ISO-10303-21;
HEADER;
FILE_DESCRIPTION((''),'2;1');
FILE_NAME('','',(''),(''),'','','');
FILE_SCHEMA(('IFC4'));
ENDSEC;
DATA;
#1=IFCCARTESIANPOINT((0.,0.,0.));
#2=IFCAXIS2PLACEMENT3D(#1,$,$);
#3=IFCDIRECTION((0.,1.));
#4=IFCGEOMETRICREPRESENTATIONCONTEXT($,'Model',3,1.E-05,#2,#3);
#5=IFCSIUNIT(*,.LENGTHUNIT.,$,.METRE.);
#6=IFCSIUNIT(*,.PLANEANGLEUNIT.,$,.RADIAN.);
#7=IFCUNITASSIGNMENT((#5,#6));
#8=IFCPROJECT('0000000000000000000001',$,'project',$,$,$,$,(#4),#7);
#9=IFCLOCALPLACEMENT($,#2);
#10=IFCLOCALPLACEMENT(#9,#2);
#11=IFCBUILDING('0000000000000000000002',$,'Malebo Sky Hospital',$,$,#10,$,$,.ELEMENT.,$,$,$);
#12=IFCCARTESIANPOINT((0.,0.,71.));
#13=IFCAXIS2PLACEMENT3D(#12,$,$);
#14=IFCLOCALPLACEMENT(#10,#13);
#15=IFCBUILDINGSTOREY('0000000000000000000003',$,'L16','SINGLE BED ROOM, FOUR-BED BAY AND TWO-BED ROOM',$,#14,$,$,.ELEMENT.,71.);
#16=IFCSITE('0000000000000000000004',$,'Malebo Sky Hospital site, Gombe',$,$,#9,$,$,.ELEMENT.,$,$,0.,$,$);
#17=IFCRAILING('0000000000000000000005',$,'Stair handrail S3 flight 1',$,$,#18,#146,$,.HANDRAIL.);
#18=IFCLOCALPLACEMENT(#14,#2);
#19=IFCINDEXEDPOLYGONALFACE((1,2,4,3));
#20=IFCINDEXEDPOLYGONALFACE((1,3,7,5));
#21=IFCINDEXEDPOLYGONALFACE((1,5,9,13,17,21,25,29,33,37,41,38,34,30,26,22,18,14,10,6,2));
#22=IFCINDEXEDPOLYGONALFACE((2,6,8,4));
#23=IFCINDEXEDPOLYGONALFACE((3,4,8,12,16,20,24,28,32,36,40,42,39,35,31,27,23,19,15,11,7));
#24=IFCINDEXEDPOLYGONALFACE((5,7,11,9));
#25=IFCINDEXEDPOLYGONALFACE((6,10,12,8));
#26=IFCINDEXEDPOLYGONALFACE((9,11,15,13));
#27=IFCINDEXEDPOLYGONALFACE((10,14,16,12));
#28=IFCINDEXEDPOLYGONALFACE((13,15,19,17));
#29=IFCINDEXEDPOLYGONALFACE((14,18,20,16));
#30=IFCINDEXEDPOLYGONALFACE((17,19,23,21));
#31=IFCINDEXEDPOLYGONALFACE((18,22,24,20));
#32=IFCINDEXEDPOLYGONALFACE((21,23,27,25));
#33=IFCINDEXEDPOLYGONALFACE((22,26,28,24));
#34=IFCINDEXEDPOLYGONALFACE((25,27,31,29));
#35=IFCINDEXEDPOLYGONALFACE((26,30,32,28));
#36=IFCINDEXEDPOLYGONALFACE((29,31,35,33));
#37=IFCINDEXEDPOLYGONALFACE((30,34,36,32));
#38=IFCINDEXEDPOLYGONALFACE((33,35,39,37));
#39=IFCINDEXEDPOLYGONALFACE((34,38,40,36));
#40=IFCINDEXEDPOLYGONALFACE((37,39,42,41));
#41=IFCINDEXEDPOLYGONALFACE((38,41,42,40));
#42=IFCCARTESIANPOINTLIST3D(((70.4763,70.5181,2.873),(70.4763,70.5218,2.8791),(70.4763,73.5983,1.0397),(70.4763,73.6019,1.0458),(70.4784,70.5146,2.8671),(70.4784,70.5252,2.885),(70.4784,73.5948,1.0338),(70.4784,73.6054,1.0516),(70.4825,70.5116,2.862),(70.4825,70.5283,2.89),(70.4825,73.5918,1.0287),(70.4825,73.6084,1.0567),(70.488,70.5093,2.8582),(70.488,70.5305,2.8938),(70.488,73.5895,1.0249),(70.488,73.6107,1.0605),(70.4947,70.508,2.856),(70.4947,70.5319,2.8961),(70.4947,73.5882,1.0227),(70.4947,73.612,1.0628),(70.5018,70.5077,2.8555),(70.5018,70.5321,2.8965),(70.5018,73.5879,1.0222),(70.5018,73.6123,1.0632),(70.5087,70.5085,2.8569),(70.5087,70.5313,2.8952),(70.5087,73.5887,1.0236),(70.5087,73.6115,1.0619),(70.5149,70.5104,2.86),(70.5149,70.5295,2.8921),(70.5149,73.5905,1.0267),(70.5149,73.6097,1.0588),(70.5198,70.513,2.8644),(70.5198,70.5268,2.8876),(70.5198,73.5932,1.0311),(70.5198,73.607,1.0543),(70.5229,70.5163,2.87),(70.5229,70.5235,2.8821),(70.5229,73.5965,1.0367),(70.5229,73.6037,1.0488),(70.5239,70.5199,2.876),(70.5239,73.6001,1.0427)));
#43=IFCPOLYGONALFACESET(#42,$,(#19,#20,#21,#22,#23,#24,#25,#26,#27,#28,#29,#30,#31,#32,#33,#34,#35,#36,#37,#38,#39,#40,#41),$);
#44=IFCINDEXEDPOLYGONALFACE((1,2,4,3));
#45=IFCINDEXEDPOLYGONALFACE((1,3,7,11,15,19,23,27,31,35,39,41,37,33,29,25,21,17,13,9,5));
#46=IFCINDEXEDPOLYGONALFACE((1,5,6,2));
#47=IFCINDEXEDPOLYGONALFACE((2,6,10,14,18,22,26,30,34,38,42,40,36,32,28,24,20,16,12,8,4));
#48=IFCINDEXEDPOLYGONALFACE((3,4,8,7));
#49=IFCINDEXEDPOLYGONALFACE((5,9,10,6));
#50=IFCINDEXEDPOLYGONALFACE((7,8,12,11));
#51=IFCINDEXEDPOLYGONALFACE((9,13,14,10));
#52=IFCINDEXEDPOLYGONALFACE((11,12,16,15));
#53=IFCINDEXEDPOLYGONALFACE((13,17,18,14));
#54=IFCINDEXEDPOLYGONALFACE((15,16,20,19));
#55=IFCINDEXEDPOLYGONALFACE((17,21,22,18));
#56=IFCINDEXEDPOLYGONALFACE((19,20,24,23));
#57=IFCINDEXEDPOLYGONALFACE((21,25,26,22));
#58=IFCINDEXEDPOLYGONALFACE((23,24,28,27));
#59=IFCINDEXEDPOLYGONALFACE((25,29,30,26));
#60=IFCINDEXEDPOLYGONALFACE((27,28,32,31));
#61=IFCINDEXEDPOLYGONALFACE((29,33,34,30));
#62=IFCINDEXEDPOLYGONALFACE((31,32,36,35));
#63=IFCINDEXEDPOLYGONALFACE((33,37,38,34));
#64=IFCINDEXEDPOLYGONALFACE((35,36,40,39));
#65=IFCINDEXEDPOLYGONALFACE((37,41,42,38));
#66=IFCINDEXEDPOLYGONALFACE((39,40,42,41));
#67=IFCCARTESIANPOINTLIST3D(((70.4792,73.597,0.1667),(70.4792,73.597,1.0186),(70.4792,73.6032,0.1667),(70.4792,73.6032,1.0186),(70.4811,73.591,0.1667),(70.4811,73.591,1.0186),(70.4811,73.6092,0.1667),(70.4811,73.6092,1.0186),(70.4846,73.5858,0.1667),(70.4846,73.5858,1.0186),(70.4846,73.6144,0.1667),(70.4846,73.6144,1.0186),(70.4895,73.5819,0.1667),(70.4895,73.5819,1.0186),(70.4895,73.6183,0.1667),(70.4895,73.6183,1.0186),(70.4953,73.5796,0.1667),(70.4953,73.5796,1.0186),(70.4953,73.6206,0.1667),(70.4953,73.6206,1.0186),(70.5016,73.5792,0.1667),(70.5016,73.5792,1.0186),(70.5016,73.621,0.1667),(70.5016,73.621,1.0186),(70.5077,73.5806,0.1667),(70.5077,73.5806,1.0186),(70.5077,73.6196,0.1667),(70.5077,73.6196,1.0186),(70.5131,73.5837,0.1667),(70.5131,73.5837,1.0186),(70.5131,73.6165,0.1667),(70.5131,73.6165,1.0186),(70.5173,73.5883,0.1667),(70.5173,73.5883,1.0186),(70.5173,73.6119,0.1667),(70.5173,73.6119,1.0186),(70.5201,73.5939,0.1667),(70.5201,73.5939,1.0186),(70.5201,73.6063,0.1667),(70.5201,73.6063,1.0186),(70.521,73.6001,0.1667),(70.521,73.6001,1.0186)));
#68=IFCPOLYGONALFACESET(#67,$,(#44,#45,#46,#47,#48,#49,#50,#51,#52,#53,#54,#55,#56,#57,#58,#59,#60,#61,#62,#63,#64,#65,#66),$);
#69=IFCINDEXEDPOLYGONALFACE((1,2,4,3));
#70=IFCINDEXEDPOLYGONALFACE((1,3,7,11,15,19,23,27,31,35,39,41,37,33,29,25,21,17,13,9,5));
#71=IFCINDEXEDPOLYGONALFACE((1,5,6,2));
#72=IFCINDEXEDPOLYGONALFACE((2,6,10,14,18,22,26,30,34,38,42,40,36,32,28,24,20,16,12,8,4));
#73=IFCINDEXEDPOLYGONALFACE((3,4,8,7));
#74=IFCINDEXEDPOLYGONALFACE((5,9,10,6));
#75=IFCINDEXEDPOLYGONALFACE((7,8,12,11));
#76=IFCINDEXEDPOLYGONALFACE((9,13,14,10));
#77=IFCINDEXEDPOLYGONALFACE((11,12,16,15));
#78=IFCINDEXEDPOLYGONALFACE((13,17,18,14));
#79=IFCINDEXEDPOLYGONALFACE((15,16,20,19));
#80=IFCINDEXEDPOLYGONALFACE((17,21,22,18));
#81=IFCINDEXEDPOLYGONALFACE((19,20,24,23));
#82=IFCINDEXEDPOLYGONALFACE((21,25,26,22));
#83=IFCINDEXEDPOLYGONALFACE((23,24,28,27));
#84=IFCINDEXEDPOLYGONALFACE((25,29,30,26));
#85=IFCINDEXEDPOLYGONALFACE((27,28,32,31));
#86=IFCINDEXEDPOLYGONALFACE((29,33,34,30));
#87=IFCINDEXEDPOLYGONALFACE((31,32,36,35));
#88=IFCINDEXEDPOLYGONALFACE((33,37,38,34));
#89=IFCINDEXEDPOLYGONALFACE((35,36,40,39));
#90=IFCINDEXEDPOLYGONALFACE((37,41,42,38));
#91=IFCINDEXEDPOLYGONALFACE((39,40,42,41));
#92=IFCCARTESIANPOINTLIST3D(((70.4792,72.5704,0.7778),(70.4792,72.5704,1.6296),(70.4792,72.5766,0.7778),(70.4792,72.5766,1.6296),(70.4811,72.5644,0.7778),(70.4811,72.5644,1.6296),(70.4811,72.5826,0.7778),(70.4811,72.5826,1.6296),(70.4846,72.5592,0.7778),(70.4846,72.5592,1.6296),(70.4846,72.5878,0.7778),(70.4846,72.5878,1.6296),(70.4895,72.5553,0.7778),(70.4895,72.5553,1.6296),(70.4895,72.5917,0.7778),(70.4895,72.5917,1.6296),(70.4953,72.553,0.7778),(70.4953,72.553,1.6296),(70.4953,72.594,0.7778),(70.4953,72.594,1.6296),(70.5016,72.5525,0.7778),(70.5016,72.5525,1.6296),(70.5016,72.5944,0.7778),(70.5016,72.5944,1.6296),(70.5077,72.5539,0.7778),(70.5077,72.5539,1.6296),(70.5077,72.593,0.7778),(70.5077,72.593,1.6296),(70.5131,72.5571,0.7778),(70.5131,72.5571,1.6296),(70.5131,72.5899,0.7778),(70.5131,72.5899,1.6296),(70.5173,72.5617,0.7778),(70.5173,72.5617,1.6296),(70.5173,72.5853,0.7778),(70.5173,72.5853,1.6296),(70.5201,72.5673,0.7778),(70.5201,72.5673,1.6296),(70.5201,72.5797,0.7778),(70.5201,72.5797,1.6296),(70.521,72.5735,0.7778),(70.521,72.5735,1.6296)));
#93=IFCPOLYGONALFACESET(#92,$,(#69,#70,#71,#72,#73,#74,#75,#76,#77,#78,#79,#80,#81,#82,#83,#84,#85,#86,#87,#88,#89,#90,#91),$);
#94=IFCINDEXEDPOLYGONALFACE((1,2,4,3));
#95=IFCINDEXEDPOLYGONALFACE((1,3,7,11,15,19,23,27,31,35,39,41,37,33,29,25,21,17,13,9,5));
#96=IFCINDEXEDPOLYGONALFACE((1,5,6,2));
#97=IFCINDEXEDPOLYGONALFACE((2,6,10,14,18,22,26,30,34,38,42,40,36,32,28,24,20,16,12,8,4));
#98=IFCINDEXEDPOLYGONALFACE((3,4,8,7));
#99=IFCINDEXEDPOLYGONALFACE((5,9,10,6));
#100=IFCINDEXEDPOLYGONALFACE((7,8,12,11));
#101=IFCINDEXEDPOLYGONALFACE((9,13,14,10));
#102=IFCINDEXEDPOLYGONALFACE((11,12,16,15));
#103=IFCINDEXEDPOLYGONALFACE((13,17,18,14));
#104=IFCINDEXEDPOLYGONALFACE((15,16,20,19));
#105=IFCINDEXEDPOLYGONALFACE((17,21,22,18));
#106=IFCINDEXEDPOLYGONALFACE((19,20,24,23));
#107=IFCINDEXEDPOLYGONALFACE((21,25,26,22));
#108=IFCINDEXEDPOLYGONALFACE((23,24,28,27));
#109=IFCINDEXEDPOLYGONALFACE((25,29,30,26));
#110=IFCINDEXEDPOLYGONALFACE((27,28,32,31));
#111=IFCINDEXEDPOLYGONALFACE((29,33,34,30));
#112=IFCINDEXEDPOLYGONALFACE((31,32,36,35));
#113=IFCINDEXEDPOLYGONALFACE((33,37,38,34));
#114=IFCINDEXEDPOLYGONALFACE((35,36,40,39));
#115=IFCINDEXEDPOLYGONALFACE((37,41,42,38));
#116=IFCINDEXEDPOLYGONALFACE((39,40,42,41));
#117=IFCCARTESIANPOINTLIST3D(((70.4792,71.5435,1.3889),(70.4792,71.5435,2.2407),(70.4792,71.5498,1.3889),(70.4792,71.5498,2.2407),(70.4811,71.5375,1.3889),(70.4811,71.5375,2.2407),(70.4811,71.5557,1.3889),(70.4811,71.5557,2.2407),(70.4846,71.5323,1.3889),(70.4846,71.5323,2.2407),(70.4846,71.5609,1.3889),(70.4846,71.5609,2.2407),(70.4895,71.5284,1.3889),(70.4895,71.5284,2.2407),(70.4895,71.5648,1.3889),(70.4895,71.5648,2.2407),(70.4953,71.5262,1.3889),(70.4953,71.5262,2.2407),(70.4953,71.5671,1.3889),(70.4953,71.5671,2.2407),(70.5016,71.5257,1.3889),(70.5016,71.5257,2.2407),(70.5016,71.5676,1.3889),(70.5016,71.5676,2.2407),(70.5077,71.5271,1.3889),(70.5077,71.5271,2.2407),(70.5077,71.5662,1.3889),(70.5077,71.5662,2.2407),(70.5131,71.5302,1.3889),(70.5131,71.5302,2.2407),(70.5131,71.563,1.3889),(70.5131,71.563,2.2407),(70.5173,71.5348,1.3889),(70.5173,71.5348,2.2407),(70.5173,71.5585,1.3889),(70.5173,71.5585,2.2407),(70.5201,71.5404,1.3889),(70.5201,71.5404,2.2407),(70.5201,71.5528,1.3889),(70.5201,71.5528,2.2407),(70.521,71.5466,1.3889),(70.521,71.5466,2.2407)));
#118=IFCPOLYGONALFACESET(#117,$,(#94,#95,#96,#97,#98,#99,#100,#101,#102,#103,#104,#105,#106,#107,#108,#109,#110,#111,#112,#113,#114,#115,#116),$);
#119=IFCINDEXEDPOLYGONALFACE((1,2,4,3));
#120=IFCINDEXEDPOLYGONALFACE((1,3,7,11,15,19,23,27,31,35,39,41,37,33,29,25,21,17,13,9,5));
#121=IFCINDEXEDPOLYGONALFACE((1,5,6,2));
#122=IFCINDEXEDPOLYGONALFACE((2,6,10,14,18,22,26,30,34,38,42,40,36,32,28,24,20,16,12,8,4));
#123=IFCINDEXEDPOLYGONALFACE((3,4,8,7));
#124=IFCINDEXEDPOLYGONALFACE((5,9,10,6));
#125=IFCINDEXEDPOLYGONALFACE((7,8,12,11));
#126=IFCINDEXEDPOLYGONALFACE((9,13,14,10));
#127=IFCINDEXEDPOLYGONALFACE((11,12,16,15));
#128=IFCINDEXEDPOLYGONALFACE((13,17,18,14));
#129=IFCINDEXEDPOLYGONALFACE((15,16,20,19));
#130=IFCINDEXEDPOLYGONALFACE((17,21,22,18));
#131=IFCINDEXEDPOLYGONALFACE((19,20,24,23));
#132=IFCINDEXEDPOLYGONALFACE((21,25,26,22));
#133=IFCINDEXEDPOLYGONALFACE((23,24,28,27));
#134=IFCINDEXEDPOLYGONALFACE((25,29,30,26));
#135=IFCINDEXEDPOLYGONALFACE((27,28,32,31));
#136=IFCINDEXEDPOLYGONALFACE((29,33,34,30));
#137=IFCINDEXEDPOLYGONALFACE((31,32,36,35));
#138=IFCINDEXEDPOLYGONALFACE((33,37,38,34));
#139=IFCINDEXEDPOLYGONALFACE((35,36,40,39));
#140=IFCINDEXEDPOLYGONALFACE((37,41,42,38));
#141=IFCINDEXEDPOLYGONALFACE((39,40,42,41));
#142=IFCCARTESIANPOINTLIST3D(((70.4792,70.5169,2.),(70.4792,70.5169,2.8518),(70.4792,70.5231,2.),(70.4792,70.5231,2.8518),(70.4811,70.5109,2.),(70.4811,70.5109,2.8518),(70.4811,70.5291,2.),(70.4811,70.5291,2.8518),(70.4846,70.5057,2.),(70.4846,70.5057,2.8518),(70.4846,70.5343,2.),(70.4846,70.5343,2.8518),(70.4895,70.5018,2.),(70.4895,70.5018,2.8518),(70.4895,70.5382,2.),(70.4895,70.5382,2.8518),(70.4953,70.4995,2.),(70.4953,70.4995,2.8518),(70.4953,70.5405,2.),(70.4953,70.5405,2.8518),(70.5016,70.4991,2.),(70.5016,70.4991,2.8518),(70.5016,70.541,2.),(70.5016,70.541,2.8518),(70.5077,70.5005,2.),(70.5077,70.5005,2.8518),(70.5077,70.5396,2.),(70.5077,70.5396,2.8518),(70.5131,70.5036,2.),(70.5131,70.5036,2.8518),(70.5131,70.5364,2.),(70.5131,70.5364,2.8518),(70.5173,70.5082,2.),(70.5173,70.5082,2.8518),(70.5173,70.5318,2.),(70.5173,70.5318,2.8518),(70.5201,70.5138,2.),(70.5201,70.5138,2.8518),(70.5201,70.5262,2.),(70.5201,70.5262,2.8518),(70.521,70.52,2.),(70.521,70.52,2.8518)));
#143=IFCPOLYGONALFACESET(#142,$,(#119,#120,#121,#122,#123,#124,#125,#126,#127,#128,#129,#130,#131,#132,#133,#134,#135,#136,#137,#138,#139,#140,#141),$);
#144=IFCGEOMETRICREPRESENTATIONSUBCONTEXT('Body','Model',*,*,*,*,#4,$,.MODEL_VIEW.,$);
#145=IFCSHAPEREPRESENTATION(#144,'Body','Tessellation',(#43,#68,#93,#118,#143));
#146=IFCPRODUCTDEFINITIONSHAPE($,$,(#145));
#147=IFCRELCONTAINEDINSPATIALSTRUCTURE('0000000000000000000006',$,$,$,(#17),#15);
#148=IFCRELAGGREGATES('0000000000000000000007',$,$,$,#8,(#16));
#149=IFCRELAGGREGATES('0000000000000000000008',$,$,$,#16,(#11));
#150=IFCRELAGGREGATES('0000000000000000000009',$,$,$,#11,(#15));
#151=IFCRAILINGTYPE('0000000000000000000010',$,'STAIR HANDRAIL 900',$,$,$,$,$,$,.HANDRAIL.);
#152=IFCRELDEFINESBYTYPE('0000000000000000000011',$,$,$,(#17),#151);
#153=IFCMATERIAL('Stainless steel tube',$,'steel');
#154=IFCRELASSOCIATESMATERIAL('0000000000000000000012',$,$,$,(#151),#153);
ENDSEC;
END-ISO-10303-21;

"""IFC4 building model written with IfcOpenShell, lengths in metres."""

from ifc_helpers import new_model, si_unit, direction, frame, origin, origin_2d, place, context, subcontext, project, spatial, circle, extrude, material, type_object, element, save


model = new_model("IFC4")

# Units and contexts
model_context = context("Model", 3, precision=1e-05, world=origin(), true_north=direction((0.0, 1.0)))
body_context = subcontext(model_context, "Body", "Model", "MODEL_VIEW")
ifc_project = project(units=[si_unit("LENGTHUNIT", "METRE"), si_unit("PLANEANGLEUNIT", "RADIAN")], contexts=[model_context])

# Site, building, storey
site_placement = place(None, origin())
site = spatial("IfcSite", under=ifc_project, at=site_placement, Name="Malebo Sky Hospital site, Gombe", CompositionType="ELEMENT", RefElevation=0.0)
building_placement = place(site_placement, origin())
building = spatial("IfcBuilding", under=site, at=building_placement, Name="Malebo Sky Hospital", CompositionType="ELEMENT")
storey_placement = place(building_placement, frame((0.0, 0.0, 71.0)))
storey = spatial("IfcBuildingStorey", under=building, at=storey_placement, Name="L16", Description="SINGLE BED ROOM, FOUR-BED BAY AND TWO-BED ROOM", CompositionType="ELEMENT", Elevation=71.0)

# Railing
ifc_material_1 = material(Name="Stainless steel tube", Category="steel")
railing_type = type_object("IfcRailingType", Name="STAIR HANDRAIL 900", PredefinedType="HANDRAIL", material=ifc_material_1)
railing_1_placement = place(storey_placement, frame((70.5, 73.6001, 0.1667)))
element("IfcRailing", 1, at=railing_1_placement, inside=storey, type_object=railing_type, Name="Stair handrail S3 flight 1", PredefinedType="HANDRAIL", context=body_context, shape_type="SweptSolid", body=[
    extrude(circle(Radius=0.0239, at=origin_2d()), frame((0.0, 0.0, 0.876), z_axis=(0.0, -0.859309, 0.511458), x_axis=(1.0, 0.0, 0.0)), (0.0, 0.0, 1.0), 3.5845),
    extrude(circle(Radius=0.021, at=origin_2d()), origin(), (0.0, 0.0, 1.0), 0.8518),
    extrude(circle(Radius=0.021, at=origin_2d()), frame((0.0, -1.0266, 0.6111)), (0.0, 0.0, 1.0), 0.8518),
    extrude(circle(Radius=0.021, at=origin_2d()), frame((0.0, -2.0535, 1.2222)), (0.0, 0.0, 1.0), 0.8518),
    extrude(circle(Radius=0.021, at=origin_2d()), frame((0.0, -3.0801, 1.8333)), (0.0, 0.0, 1.0), 0.8518),
])

save(model, "model.ifc")
